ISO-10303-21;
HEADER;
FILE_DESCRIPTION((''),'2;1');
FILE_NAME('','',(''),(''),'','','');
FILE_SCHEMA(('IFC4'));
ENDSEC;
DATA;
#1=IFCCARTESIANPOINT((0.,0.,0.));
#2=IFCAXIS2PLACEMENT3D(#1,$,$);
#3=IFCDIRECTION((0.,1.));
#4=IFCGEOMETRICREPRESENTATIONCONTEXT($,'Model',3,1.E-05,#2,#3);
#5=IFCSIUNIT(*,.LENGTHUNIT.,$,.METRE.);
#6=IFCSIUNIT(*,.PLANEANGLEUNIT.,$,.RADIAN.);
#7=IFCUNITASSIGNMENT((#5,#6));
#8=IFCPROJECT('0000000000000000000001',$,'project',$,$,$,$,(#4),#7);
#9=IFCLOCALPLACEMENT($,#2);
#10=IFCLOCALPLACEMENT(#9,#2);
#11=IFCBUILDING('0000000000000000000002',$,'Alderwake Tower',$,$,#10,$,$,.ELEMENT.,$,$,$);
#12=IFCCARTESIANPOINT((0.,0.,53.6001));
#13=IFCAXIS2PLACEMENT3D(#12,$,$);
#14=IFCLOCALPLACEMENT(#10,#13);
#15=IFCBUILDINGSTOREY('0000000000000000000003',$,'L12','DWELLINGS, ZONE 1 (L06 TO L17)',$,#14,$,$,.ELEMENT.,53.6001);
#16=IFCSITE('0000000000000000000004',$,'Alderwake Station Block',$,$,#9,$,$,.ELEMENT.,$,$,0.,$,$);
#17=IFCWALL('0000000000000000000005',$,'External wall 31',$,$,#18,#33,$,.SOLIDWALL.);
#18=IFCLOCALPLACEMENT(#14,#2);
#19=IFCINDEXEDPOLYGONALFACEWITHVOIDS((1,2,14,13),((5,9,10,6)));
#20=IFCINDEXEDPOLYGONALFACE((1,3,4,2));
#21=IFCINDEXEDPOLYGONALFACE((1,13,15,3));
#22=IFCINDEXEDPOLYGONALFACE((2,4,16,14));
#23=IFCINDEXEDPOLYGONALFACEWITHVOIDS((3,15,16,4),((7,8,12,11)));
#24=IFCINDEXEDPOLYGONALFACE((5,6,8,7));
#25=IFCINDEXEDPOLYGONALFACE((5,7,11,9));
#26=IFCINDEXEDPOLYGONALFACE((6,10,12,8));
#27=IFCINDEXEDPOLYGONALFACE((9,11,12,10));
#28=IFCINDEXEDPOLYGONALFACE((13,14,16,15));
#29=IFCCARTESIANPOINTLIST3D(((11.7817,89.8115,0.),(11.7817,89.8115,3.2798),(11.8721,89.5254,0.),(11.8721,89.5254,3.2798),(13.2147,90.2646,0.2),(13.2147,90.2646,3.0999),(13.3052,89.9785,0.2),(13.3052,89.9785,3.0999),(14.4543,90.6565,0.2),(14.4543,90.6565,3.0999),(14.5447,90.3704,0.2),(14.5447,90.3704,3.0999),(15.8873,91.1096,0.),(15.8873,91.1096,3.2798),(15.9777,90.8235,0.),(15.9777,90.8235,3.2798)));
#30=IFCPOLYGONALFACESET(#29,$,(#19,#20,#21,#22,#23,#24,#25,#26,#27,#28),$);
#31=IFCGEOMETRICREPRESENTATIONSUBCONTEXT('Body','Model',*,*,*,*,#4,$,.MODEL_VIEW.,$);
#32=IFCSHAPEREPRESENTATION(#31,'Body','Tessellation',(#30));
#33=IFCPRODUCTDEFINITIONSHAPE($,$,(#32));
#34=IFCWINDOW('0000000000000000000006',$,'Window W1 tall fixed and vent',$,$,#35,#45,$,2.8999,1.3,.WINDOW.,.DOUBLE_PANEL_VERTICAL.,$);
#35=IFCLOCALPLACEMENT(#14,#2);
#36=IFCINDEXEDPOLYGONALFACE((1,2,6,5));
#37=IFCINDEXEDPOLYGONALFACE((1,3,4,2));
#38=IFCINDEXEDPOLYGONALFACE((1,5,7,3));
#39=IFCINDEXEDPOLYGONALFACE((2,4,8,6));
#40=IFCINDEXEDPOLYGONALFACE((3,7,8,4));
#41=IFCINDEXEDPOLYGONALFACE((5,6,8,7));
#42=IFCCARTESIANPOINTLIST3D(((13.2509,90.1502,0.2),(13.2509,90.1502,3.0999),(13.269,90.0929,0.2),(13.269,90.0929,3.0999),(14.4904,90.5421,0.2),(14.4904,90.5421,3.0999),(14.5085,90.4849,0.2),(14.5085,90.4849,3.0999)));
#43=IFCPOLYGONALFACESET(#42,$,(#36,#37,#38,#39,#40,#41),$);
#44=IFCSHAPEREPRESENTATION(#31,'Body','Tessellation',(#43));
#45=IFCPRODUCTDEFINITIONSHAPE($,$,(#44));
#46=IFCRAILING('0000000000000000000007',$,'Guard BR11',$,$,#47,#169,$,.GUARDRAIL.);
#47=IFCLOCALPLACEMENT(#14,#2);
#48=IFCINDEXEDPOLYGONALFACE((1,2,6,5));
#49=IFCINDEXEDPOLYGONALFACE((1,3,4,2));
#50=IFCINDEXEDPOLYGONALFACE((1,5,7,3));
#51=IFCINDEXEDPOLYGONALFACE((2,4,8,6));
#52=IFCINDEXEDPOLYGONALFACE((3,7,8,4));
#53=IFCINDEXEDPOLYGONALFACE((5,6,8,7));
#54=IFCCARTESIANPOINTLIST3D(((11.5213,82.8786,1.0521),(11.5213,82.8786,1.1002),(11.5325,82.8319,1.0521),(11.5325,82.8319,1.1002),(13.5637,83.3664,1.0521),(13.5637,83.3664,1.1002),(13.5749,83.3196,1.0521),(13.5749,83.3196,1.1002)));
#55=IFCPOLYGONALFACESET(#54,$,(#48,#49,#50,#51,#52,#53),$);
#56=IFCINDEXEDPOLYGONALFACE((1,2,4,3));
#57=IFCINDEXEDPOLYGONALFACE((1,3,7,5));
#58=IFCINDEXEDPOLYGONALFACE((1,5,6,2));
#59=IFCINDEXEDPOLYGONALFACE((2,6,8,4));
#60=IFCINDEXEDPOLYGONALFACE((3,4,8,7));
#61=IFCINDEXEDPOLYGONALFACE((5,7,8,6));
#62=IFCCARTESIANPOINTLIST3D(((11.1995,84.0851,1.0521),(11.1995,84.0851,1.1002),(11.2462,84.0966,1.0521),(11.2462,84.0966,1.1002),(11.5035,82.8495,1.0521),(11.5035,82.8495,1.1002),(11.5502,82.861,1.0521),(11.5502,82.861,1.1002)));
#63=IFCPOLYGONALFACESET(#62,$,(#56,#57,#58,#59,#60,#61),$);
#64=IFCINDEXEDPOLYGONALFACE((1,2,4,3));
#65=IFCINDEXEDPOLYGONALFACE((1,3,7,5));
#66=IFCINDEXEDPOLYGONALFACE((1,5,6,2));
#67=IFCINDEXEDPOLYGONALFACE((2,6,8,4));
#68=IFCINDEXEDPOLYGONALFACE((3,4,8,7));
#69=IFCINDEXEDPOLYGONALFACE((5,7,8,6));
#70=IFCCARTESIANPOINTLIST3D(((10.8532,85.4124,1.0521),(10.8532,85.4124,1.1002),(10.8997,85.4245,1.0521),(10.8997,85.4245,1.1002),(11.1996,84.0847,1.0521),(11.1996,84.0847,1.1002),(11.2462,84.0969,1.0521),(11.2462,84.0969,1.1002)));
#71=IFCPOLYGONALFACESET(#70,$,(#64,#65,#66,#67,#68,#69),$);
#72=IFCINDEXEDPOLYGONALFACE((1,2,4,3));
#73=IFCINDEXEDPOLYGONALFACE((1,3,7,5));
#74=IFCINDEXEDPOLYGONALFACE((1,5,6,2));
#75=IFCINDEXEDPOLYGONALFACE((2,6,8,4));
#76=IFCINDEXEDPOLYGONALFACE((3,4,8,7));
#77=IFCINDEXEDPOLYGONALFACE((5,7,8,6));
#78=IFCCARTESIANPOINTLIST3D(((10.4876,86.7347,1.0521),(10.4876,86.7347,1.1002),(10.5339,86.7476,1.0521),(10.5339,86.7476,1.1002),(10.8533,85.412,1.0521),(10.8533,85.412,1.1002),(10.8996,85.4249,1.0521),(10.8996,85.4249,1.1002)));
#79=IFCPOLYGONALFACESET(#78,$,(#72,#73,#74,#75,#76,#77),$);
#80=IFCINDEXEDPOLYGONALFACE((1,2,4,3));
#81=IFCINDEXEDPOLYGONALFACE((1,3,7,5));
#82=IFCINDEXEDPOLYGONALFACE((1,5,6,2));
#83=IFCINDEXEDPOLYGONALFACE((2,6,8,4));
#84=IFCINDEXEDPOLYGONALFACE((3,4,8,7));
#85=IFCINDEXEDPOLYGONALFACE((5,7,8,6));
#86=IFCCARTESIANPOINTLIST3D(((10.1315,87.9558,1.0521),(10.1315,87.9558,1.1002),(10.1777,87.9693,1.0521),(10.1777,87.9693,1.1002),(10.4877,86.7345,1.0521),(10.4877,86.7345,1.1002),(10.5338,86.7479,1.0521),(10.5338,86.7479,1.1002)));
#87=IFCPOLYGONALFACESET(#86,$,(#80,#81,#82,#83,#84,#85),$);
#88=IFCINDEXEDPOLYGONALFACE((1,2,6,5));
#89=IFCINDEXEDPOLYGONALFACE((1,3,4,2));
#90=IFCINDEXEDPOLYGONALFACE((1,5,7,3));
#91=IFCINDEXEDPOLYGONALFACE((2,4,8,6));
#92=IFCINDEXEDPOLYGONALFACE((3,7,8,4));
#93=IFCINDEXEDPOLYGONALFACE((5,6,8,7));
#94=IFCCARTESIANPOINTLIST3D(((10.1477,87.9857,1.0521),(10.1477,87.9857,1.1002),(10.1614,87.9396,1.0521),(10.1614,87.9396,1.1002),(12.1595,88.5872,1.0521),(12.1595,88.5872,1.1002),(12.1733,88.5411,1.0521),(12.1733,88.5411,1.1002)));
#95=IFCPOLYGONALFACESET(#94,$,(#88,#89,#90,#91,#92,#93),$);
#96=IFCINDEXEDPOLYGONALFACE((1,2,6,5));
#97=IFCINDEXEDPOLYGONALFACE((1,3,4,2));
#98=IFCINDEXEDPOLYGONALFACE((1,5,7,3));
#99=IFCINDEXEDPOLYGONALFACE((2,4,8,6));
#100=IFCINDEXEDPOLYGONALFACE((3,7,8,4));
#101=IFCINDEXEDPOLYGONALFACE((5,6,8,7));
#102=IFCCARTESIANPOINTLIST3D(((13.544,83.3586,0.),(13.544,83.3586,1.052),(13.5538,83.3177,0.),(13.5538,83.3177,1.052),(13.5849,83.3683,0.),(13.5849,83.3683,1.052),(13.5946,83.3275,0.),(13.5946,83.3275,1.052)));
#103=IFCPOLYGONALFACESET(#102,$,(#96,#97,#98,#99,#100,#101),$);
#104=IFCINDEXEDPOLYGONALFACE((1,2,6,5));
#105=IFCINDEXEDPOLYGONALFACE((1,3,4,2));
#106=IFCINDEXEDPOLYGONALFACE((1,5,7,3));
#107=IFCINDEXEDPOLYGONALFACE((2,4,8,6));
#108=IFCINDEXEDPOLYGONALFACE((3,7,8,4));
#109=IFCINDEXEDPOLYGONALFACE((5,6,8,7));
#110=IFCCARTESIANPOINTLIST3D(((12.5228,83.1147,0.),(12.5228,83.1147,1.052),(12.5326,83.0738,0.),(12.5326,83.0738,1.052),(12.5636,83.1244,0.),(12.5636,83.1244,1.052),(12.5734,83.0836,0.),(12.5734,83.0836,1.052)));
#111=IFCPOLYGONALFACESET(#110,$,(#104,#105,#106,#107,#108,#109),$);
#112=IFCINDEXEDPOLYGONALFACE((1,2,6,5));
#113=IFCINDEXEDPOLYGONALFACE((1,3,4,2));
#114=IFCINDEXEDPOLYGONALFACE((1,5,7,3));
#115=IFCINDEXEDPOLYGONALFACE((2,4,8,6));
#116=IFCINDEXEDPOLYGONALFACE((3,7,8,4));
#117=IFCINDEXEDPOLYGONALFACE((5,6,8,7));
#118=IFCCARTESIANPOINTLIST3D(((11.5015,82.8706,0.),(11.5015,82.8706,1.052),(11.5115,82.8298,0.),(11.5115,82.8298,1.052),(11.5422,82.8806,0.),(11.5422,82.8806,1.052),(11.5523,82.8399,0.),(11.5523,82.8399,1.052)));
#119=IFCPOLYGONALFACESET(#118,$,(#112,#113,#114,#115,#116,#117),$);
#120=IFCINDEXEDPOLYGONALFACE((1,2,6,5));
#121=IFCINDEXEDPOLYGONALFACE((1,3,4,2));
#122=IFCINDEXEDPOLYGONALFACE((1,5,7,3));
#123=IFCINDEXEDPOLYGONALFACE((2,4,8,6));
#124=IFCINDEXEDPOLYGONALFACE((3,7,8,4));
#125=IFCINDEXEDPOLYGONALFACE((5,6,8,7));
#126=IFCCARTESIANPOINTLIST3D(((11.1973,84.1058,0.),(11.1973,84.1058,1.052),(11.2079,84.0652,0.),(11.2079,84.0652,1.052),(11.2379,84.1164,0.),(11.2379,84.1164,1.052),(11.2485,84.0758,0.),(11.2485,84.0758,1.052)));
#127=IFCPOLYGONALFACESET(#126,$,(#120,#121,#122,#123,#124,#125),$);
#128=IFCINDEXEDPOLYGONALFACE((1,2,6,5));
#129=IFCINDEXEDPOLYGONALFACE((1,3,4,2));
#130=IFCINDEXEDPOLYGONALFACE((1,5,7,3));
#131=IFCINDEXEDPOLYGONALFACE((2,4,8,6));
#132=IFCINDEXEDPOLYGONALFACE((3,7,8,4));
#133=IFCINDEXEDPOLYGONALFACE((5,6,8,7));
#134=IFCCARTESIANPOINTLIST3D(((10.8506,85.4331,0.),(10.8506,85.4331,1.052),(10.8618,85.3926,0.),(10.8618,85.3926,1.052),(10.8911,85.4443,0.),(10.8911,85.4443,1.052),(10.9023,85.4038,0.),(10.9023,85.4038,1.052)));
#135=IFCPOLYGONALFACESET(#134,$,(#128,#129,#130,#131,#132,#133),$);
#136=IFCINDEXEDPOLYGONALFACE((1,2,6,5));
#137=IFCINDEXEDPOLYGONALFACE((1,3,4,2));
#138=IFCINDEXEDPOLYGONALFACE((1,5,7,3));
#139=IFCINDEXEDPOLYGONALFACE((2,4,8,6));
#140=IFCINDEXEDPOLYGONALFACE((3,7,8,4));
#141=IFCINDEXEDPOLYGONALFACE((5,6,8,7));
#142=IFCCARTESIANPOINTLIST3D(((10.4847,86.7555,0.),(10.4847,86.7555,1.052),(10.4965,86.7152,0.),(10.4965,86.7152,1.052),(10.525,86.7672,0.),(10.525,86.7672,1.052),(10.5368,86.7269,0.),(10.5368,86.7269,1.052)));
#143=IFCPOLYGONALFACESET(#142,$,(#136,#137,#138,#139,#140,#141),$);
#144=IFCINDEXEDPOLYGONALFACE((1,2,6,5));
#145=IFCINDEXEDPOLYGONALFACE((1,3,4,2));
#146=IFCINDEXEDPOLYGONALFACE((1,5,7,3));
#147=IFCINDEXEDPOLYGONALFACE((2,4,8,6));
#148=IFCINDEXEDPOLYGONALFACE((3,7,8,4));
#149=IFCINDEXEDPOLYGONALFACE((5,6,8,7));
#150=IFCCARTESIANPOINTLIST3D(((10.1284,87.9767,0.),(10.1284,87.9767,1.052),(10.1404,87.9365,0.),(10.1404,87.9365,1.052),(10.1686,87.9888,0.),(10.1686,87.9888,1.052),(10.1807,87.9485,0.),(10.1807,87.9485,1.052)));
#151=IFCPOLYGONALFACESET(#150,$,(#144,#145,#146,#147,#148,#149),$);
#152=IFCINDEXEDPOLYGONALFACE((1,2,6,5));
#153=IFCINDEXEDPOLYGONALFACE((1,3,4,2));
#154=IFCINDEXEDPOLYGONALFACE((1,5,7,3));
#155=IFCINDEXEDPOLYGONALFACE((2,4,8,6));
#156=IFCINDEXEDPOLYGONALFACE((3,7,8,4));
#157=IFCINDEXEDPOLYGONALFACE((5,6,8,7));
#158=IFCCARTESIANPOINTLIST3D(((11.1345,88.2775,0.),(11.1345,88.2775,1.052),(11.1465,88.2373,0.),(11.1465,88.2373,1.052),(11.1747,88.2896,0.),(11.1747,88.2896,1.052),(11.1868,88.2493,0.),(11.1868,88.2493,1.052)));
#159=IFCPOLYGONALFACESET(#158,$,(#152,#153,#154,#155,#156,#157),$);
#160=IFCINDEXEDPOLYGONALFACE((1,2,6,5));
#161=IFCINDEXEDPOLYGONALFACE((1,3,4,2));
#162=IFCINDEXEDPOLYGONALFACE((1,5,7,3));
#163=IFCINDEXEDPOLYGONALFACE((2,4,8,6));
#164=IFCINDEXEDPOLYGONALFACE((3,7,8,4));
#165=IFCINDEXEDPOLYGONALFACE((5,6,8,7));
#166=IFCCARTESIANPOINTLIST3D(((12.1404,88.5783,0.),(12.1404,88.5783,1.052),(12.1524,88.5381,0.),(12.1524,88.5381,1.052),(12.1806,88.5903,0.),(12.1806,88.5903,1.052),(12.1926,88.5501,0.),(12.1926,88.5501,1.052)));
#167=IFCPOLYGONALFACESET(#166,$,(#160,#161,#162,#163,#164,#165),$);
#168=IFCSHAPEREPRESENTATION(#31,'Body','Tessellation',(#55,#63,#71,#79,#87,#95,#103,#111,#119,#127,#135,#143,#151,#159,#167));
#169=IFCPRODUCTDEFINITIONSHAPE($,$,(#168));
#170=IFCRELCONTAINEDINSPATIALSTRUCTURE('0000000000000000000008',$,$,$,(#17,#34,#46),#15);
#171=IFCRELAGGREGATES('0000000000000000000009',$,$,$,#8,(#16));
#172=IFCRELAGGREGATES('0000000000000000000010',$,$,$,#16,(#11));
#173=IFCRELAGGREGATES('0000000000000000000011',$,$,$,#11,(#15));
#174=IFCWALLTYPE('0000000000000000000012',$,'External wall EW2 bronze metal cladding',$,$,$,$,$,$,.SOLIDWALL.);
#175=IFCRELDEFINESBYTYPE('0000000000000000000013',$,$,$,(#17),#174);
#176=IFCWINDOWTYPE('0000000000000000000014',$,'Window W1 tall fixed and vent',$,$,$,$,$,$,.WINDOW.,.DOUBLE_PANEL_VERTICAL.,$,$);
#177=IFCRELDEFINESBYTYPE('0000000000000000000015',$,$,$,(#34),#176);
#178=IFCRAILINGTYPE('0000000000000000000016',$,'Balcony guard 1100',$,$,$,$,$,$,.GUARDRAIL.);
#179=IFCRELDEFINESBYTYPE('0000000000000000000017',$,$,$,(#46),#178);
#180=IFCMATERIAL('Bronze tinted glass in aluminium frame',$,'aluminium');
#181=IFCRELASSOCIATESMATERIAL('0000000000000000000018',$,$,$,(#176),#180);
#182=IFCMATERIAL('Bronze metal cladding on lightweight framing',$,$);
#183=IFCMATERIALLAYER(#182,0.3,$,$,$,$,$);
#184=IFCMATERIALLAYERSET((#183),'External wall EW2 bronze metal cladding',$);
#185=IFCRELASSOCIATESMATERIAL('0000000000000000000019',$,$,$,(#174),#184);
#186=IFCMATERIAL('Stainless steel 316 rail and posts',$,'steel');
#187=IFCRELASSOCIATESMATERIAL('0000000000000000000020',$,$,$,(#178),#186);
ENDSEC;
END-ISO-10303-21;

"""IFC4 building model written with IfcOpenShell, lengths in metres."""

from ifc_helpers import new_model, si_unit, direction, frame, frame_2d, origin, origin_2d, place, context, subcontext, project, spatial, rectangle, extrude, material, layer, layer_set, type_object, element, fill, save


model = new_model("IFC4")

# Units and contexts
model_context = context("Model", 3, precision=1e-05, world=origin(), true_north=direction((0.0, 1.0)))
body_context = subcontext(model_context, "Body", "Model", "MODEL_VIEW")
ifc_project = project(units=[si_unit("LENGTHUNIT", "METRE"), si_unit("PLANEANGLEUNIT", "RADIAN")], contexts=[model_context])

# Site, building, storey
site_placement = place(None, origin())
site = spatial("IfcSite", under=ifc_project, at=site_placement, Name="Alderwake Station Block", CompositionType="ELEMENT", RefElevation=0.0)
building_placement = place(site_placement, origin())
building = spatial("IfcBuilding", under=site, at=building_placement, Name="Alderwake Tower", CompositionType="ELEMENT")
storey_placement = place(building_placement, frame((0.0, 0.0, 53.6001)))
storey = spatial("IfcBuildingStorey", under=building, at=storey_placement, Name="L12", Description="DWELLINGS, ZONE 1 (L06 TO L17)", CompositionType="ELEMENT", Elevation=53.6001)

# Shared definitions
ifc_material_1 = material(Name="Bronze tinted glass in aluminium frame", Category="aluminium")
window_type = type_object("IfcWindowType", Name="Window W1 tall fixed and vent", PartitioningType="DOUBLE_PANEL_VERTICAL", PredefinedType="WINDOW", material=ifc_material_1)

# Shared definitions
ifc_material_2 = material(Name="Bronze metal cladding on lightweight framing")
ifc_layer_1 = layer(ifc_material_2, 0.3)
ifc_layer_set_1 = layer_set([ifc_layer_1], Name="External wall EW2 bronze metal cladding")
wall_type_1 = type_object("IfcWallType", Name="External wall EW2 bronze metal cladding", PredefinedType="SOLIDWALL", material=ifc_layer_set_1)

# Wall, opening, window
wall_1_placement = place(storey_placement, frame((15.9324, 90.9666, 0.0), z_axis=(0.0, 0.0, 1.0), x_axis=(-0.953474, -0.301476, 0.0)))
wall_1 = element("IfcWall", 1, at=wall_1_placement, inside=storey, type_object=wall_type_1, Name="External wall 31", PredefinedType="SOLIDWALL", context=body_context, shape_type="SweptSolid", body=[
    extrude(rectangle(XDim=4.3059, YDim=0.3, at=frame_2d((2.1528, 0.0))), origin(), (0.0, 0.0, 1.0), 3.2798),
])
opening_1_placement = place(wall_1_placement, frame((1.5029, 0.0, 0.2)))
opening_1 = element("IfcOpeningElement", 2, at=opening_1_placement, cuts=wall_1, PredefinedType="OPENING", context=body_context, shape_type="SweptSolid", body=[
    extrude(rectangle(XDim=1.3, YDim=2.8999, at=frame_2d((0.6499, 1.45))), frame((0.0, 0.1599, 0.0), z_axis=(0.0, -1.0, 0.0), x_axis=(1.0, 0.0, 0.0)), (0.0, 0.0, 1.0), 0.3201),
])
window_1_placement = place(opening_1_placement, origin())
window_1 = element("IfcWindow", 3, at=window_1_placement, inside=storey, type_object=window_type, Name="Window W1 tall fixed and vent", OverallHeight=2.8999, OverallWidth=1.3, PartitioningType="DOUBLE_PANEL_VERTICAL", PredefinedType="WINDOW", context=body_context, shape_type="SweptSolid", body=[
    extrude(rectangle(XDim=1.3, YDim=2.8999, at=frame_2d((0.6499, 1.45))), frame((0.0, 0.03, 0.0), z_axis=(0.0, -1.0, 0.0), x_axis=(1.0, 0.0, 0.0)), (0.0, 0.0, 1.0), 0.0601),
])
fill(opening_1, window_1)

# Railing
ifc_material_3 = material(Name="Stainless steel 316 rail and posts", Category="steel")
railing_type = type_object("IfcRailingType", Name="Balcony guard 1100", PredefinedType="GUARDRAIL", material=ifc_material_3)
railing_1_placement = place(storey_placement, frame((13.5693, 83.343, 0.0)))
element("IfcRailing", 4, at=railing_1_placement, inside=storey, type_object=railing_type, Name="Guard BR11", PredefinedType="GUARDRAIL", context=body_context, shape_type="SweptSolid", body=[
    extrude(rectangle(XDim=0.0481, YDim=0.0481, at=origin_2d()), frame((0.0, 0.0, 1.0762), z_axis=(-0.972646, -0.232291, 0.0), x_axis=(0.232291, -0.972646, 0.0)), (0.0, 0.0, 1.0), 2.0999),
    extrude(rectangle(XDim=0.0481, YDim=0.0481, at=origin_2d()), frame((-2.0425, -0.4878, 1.0762), z_axis=(-0.238877, 0.97105, 0.0), x_axis=(-0.97105, -0.238877, 0.0)), (0.0, 0.0, 1.0), 1.2725),
    extrude(rectangle(XDim=0.0481, YDim=0.0481, at=origin_2d()), frame((-2.3464, 0.7478, 1.0762), z_axis=(-0.252487, 0.9676, 0.0), x_axis=(-0.9676, -0.252487, 0.0)), (0.0, 0.0, 1.0), 1.3721),
    extrude(rectangle(XDim=0.0481, YDim=0.0481, at=origin_2d()), frame((-2.6929, 2.0754, 1.0762), z_axis=(-0.266488, 0.963838, 0.0), x_axis=(-0.963838, -0.266488, 0.0)), (0.0, 0.0, 1.0), 1.3723),
    extrude(rectangle(XDim=0.0481, YDim=0.0481, at=origin_2d()), frame((-3.0586, 3.3982, 1.0762), z_axis=(-0.279963, 0.960011, 0.0), x_axis=(-0.960011, -0.279963, 0.0)), (0.0, 0.0, 1.0), 1.2722),
    extrude(rectangle(XDim=0.0481, YDim=0.0481, at=origin_2d()), frame((-3.4148, 4.6196, 1.0762), z_axis=(0.958091, 0.286462, 0.0), x_axis=(-0.286462, 0.958091, 0.0)), (0.0, 0.0, 1.0), 2.0999),
    extrude(rectangle(XDim=0.042, YDim=0.042, at=origin_2d()), frame((0.0, 0.0, 0.0), z_axis=(0.0, 0.0, 1.0), x_axis=(-0.972646, -0.232291, 0.0)), (0.0, 0.0, 1.0), 1.052),
    extrude(rectangle(XDim=0.042, YDim=0.042, at=origin_2d()), frame((-1.0212, -0.2439, 0.0), z_axis=(0.0, 0.0, 1.0), x_axis=(-0.972646, -0.232291, 0.0)), (0.0, 0.0, 1.0), 1.052),
    extrude(rectangle(XDim=0.042, YDim=0.042, at=origin_2d()), frame((-2.0425, -0.4878, 0.0), z_axis=(0.0, 0.0, 1.0), x_axis=(-0.238877, 0.97105, 0.0)), (0.0, 0.0, 1.0), 1.052),
    extrude(rectangle(XDim=0.042, YDim=0.042, at=origin_2d()), frame((-2.3464, 0.7478, 0.0), z_axis=(0.0, 0.0, 1.0), x_axis=(-0.252487, 0.9676, 0.0)), (0.0, 0.0, 1.0), 1.052),
    extrude(rectangle(XDim=0.042, YDim=0.042, at=origin_2d()), frame((-2.6929, 2.0754, 0.0), z_axis=(0.0, 0.0, 1.0), x_axis=(-0.266488, 0.963838, 0.0)), (0.0, 0.0, 1.0), 1.052),
    extrude(rectangle(XDim=0.042, YDim=0.042, at=origin_2d()), frame((-3.0586, 3.3982, 0.0), z_axis=(0.0, 0.0, 1.0), x_axis=(-0.279963, 0.960011, 0.0)), (0.0, 0.0, 1.0), 1.052),
    extrude(rectangle(XDim=0.042, YDim=0.042, at=origin_2d()), frame((-3.4148, 4.6196, 0.0), z_axis=(0.0, 0.0, 1.0), x_axis=(0.958091, 0.286462, 0.0)), (0.0, 0.0, 1.0), 1.052),
    extrude(rectangle(XDim=0.042, YDim=0.042, at=origin_2d()), frame((-2.4087, 4.9204, 0.0), z_axis=(0.0, 0.0, 1.0), x_axis=(0.958091, 0.286462, 0.0)), (0.0, 0.0, 1.0), 1.052),
    extrude(rectangle(XDim=0.042, YDim=0.042, at=origin_2d()), frame((-1.4028, 5.2212, 0.0), z_axis=(0.0, 0.0, 1.0), x_axis=(0.958091, 0.286462, 0.0)), (0.0, 0.0, 1.0), 1.052),
])

save(model, "model.ifc")
